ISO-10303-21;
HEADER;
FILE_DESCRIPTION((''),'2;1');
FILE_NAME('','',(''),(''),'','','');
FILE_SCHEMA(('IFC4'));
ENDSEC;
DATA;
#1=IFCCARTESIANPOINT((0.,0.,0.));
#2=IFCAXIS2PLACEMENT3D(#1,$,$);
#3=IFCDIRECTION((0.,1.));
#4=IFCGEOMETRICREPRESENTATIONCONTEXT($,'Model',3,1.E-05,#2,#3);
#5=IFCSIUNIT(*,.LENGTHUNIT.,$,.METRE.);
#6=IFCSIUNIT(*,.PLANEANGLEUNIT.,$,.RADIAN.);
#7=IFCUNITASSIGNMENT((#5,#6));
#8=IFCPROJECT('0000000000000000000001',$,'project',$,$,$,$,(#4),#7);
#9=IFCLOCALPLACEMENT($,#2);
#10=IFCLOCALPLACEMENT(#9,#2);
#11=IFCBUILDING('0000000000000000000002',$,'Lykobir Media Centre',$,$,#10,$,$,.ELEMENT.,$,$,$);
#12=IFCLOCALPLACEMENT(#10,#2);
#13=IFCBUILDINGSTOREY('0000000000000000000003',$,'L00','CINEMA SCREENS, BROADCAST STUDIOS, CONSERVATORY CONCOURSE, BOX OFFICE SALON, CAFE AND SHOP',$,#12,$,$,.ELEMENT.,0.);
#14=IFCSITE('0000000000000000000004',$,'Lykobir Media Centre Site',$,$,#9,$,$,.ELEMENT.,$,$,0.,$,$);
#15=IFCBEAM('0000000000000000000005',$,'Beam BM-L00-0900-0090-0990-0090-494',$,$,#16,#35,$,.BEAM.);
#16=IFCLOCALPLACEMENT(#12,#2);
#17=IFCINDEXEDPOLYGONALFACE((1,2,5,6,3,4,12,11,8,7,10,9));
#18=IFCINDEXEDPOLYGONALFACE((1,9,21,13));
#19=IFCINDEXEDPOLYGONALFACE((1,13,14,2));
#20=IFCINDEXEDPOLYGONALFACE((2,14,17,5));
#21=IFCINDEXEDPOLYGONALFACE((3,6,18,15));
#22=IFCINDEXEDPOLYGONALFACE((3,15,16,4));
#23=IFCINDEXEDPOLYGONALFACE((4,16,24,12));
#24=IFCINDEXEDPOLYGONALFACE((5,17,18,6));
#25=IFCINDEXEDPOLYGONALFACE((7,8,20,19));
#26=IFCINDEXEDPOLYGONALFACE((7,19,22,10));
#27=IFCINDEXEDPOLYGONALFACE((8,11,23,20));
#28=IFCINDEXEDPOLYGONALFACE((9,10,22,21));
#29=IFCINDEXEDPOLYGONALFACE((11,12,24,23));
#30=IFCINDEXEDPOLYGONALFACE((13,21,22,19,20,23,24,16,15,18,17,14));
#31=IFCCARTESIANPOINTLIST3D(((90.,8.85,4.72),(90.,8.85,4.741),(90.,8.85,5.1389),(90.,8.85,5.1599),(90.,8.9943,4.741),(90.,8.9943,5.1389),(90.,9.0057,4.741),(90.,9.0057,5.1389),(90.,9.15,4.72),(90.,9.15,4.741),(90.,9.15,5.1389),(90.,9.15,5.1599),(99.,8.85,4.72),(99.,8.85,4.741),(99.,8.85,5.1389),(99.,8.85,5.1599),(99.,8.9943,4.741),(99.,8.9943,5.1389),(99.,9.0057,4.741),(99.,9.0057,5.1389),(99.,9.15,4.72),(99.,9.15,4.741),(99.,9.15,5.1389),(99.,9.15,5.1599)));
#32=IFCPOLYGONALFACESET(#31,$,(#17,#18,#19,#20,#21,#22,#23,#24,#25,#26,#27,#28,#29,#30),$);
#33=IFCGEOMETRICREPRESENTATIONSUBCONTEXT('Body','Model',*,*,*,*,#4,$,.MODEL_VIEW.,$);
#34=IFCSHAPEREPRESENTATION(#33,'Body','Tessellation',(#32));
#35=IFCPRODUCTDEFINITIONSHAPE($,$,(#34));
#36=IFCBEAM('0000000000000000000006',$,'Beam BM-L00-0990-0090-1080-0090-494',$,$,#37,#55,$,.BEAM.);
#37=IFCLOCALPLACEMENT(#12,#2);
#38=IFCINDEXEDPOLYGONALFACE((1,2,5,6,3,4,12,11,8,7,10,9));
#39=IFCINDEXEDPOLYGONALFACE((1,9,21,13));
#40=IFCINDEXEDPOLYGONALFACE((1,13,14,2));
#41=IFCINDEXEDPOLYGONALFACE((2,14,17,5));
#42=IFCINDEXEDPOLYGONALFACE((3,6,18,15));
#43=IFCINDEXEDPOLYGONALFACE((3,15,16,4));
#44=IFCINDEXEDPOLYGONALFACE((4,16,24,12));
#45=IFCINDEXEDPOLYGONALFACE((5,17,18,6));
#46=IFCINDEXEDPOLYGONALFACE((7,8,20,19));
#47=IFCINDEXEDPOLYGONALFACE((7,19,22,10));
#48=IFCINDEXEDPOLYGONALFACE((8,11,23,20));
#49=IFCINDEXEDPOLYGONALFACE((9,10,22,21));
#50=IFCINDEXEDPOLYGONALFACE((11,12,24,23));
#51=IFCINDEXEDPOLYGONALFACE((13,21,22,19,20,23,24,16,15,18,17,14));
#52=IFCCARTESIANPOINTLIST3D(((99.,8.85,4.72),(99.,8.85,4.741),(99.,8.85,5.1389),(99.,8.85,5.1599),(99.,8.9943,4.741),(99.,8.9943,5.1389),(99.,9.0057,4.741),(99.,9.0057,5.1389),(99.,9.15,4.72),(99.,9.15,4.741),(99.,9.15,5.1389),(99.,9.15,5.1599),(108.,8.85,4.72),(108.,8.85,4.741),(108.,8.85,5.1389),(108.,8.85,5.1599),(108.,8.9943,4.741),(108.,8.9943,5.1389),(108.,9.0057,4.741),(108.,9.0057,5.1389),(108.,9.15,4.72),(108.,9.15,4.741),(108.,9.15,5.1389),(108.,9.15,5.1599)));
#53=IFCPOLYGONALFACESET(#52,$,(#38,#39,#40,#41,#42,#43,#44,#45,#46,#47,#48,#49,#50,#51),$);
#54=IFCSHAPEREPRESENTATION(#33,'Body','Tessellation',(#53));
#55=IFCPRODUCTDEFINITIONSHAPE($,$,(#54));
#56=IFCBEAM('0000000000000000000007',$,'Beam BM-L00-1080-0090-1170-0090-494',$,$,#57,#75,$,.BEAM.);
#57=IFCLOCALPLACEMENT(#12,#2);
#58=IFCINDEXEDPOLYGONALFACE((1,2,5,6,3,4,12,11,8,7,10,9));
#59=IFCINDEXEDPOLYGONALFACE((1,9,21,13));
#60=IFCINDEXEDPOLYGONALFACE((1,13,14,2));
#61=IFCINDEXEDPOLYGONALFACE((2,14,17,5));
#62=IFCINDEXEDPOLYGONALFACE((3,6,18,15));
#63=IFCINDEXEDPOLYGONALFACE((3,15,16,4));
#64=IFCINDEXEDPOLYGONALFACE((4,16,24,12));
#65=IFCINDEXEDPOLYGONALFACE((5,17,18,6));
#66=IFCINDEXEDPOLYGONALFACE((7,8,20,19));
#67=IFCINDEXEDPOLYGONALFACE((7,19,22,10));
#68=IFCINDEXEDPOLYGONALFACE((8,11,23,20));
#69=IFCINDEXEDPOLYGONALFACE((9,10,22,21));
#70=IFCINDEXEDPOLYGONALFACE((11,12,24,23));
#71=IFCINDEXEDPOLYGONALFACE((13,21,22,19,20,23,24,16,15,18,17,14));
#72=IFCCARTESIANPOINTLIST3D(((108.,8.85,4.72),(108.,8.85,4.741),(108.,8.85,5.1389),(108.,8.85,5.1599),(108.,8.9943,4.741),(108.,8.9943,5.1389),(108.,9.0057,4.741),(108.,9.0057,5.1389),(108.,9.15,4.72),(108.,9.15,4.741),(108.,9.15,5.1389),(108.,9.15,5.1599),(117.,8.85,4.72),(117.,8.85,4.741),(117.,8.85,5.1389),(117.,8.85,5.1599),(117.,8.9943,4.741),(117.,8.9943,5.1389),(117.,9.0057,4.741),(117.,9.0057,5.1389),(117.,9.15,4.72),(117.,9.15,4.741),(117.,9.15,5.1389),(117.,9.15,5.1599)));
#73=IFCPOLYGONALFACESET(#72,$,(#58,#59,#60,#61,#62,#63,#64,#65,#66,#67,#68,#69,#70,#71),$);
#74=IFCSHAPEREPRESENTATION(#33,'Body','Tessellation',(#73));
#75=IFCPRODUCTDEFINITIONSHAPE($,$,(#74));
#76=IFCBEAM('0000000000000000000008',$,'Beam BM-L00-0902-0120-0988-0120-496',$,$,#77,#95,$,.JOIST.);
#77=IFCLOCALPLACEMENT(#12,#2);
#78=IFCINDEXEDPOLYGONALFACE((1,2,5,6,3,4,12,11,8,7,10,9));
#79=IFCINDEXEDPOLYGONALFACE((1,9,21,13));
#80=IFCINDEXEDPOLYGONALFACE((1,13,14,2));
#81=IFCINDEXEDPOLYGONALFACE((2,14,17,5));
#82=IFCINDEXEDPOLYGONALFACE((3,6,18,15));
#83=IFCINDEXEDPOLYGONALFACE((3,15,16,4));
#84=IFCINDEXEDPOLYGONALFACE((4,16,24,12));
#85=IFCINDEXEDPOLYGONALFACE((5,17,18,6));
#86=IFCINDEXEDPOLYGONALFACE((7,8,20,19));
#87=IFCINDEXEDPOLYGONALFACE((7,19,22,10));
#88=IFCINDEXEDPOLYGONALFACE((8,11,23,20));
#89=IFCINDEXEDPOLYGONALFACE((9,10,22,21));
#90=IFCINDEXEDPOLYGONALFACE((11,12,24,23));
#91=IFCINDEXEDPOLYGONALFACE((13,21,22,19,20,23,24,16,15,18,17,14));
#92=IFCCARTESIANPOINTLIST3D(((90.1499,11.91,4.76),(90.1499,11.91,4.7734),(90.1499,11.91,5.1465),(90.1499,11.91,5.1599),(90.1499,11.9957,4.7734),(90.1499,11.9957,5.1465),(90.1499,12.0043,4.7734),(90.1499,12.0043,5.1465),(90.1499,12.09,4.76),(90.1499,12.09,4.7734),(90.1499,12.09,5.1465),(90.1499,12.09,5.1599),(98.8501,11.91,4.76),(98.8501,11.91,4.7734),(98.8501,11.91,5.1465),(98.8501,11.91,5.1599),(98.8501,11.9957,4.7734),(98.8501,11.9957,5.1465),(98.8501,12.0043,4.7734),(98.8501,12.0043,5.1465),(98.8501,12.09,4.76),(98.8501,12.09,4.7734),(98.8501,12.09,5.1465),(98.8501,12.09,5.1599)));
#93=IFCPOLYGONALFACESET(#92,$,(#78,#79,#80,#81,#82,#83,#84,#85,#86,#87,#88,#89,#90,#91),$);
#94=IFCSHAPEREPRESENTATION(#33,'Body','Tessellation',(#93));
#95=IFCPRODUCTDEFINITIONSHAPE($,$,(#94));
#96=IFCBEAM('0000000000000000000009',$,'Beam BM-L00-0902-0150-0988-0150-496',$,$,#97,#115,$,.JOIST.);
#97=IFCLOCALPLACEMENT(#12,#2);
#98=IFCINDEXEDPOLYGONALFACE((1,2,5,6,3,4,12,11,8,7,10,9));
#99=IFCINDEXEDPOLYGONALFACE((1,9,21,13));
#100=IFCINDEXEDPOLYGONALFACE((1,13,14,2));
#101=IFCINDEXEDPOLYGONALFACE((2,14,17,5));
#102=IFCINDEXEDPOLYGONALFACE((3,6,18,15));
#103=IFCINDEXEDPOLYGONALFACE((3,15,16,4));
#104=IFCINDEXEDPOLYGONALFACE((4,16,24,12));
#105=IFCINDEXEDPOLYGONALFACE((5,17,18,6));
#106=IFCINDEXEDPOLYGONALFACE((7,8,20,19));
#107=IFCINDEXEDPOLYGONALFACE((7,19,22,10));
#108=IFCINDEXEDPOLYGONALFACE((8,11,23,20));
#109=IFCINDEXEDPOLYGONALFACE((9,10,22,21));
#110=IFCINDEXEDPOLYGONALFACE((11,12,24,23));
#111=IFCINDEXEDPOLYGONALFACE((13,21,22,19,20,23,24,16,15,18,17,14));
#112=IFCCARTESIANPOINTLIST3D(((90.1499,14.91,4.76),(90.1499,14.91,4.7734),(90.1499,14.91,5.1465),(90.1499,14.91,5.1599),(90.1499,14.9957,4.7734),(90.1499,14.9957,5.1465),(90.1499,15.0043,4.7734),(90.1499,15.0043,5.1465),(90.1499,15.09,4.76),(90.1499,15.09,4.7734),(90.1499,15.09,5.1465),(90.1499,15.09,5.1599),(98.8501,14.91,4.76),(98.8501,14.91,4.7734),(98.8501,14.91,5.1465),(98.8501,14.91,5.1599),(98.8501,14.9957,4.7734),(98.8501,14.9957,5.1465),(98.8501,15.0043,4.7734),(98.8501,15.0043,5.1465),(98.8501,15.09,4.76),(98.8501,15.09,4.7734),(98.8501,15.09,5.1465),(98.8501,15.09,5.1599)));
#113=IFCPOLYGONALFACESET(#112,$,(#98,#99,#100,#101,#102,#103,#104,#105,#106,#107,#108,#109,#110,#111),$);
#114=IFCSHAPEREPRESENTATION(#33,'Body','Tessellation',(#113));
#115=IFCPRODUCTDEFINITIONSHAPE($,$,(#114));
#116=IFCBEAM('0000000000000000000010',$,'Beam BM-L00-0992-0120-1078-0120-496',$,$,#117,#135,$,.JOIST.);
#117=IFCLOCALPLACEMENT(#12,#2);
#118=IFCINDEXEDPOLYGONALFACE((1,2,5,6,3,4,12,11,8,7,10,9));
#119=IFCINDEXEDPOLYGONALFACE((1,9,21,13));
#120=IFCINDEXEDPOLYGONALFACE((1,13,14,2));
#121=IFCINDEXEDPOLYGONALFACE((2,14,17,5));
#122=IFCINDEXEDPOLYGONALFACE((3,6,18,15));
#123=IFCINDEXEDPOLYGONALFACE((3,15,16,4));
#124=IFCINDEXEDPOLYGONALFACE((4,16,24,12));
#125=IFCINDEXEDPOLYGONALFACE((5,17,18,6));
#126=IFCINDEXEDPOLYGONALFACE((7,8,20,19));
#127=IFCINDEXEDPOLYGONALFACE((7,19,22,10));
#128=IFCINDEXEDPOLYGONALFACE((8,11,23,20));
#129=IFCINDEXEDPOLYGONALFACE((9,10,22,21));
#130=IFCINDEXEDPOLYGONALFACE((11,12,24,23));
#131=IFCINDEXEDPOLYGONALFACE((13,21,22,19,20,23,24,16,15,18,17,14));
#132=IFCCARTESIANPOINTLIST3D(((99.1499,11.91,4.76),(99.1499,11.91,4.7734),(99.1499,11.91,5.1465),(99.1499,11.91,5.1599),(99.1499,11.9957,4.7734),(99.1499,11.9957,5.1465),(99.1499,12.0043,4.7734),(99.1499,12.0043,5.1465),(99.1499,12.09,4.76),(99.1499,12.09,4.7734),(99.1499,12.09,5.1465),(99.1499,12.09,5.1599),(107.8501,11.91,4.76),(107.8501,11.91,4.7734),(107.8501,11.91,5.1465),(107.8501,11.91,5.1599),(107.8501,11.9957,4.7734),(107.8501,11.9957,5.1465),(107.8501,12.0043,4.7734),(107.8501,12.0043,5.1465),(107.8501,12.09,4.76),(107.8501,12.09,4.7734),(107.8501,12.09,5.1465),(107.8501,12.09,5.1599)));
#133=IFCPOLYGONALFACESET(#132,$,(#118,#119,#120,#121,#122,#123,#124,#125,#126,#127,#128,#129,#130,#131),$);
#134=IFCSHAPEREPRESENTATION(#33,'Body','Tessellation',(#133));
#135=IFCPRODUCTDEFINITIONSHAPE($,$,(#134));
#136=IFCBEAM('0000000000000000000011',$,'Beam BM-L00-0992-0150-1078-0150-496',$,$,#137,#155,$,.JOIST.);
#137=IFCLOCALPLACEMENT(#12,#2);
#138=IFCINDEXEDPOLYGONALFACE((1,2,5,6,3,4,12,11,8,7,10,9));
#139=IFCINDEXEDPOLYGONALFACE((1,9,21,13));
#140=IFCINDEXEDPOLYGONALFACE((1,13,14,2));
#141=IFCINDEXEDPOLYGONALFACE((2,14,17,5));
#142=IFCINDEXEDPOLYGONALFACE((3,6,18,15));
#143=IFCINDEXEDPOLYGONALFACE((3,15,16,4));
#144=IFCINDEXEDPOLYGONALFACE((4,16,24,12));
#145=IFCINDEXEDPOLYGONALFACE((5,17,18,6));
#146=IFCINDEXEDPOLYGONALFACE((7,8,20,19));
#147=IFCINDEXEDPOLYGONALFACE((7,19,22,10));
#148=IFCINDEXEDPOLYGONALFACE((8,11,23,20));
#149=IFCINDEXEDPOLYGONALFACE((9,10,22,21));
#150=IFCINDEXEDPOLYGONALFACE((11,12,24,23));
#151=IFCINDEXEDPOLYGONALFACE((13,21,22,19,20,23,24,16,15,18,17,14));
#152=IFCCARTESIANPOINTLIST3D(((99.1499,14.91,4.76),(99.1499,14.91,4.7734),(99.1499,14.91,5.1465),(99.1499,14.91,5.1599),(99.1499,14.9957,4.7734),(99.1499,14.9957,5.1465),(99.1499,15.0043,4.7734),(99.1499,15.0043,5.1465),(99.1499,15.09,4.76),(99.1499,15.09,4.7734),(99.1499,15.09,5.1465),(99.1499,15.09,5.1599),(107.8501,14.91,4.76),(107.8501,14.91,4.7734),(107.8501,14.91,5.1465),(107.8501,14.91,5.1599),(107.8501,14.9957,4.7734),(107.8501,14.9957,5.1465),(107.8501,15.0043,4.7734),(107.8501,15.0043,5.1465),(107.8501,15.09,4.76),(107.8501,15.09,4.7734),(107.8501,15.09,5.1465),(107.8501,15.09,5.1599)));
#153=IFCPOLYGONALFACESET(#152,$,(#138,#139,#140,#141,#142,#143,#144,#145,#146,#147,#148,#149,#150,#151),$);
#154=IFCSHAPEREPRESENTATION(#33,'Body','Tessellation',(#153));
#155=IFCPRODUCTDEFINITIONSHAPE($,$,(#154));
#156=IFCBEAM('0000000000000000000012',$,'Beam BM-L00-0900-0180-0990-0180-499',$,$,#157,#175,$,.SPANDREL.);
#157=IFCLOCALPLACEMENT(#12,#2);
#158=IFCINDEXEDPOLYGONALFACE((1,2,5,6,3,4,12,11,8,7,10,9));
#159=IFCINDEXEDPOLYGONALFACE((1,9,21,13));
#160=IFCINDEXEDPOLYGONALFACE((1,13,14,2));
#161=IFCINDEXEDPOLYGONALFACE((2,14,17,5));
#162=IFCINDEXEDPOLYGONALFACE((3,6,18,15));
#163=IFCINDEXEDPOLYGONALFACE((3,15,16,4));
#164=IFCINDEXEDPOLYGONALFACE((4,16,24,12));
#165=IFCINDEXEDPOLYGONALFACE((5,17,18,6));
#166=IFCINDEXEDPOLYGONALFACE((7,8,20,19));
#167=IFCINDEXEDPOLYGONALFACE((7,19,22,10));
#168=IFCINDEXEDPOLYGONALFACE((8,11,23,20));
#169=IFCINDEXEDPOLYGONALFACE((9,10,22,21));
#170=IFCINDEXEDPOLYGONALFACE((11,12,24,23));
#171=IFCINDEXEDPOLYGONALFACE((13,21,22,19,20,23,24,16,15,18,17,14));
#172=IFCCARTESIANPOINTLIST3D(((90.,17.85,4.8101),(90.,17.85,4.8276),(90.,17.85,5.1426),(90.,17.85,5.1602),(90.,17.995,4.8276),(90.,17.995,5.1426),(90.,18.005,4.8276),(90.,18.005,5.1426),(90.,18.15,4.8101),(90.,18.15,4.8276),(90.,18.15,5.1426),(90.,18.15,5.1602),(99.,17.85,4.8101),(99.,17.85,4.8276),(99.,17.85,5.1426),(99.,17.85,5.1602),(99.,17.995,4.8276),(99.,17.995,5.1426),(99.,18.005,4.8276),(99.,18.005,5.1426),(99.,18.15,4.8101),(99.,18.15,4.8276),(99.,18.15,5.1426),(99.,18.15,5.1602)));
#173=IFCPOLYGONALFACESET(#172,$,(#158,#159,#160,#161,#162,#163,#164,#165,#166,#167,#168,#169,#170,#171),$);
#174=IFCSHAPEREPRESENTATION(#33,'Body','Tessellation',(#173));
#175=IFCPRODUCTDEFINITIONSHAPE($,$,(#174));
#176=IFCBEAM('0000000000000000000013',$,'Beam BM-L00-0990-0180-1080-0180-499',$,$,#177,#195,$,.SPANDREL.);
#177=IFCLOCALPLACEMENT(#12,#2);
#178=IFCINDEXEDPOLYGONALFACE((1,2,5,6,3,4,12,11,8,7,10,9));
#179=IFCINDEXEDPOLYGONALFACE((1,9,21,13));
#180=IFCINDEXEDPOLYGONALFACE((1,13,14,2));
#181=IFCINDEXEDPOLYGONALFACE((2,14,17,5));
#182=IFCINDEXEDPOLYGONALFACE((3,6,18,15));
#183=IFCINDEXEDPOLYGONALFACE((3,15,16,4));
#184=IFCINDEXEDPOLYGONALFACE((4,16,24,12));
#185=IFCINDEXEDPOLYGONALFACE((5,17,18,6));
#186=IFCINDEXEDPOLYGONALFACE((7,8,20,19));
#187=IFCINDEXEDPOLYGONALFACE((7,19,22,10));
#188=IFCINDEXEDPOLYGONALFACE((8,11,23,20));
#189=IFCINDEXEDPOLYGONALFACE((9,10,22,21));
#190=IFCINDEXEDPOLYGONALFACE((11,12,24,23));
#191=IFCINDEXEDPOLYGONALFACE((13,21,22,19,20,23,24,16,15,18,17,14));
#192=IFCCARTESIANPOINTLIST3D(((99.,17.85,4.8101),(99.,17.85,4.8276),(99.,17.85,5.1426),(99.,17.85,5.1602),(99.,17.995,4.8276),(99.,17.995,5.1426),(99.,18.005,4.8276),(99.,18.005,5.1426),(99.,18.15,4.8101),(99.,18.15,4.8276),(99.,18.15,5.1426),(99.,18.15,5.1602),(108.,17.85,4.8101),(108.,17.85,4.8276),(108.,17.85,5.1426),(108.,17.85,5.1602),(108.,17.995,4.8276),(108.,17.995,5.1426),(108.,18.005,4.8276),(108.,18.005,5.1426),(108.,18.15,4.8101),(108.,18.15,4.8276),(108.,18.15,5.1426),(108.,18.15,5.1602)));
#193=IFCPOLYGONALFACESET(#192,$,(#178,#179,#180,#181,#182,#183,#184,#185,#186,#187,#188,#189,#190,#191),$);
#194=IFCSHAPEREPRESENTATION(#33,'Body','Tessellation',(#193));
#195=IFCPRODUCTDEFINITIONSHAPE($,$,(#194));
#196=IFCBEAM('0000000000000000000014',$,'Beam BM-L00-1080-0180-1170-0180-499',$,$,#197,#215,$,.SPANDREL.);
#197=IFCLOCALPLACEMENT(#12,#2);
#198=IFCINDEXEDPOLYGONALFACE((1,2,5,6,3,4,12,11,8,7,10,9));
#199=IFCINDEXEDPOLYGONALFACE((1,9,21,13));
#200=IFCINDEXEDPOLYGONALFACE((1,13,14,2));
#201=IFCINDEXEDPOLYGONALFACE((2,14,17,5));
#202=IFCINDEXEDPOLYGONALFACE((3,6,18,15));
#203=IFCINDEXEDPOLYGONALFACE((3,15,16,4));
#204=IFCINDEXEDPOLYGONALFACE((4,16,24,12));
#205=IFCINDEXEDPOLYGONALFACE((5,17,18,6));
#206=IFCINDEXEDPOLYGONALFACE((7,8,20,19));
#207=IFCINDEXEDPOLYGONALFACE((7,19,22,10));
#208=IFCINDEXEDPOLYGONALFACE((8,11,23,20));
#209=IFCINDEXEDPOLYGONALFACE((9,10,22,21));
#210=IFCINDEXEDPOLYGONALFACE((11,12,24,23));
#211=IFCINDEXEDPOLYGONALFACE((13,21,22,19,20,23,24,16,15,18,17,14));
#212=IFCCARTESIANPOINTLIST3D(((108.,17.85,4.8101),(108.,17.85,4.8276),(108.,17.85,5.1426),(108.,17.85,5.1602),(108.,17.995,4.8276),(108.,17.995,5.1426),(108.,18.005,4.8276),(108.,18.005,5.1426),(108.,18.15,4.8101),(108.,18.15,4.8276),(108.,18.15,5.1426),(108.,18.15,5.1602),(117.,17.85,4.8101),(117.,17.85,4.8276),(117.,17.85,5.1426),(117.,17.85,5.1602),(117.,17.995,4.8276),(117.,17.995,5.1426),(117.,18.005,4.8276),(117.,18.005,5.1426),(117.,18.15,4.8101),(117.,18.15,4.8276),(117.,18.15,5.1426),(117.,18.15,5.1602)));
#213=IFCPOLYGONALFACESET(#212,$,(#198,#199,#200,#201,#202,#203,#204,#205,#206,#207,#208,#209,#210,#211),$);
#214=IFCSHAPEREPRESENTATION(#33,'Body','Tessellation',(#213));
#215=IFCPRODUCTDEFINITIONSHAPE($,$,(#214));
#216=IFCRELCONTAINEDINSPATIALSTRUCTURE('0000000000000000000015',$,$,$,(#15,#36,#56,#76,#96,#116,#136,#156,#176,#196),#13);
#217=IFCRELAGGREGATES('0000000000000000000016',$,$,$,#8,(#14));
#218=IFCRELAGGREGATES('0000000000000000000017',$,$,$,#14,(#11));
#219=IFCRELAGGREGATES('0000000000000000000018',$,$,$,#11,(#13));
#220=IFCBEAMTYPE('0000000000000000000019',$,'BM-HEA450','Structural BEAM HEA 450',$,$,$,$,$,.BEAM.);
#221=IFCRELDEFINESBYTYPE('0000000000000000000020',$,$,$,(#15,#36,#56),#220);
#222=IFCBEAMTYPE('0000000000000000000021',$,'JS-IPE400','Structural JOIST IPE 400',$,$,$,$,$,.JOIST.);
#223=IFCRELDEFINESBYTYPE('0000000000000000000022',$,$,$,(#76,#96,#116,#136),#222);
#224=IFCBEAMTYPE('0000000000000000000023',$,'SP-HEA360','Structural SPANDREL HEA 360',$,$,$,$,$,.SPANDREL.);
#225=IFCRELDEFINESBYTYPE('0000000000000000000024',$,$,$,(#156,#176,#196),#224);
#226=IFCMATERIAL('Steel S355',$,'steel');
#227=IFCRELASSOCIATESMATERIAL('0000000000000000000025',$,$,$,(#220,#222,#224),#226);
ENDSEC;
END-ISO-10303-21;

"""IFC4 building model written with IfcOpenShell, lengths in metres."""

from ifc_helpers import new_model, si_unit, direction, frame, origin, origin_2d, place, context, subcontext, project, spatial, i_section, extrude, material, material_profile, profile_set, type_object, element, save


model = new_model("IFC4")

# Units and contexts
model_context = context("Model", 3, precision=1e-05, world=origin(), true_north=direction((0.0, 1.0)))
body_context = subcontext(model_context, "Body", "Model", "MODEL_VIEW")
ifc_project = project(units=[si_unit("LENGTHUNIT", "METRE"), si_unit("PLANEANGLEUNIT", "RADIAN")], contexts=[model_context])

# Site, building, storey
site_placement = place(None, origin())
site = spatial("IfcSite", under=ifc_project, at=site_placement, Name="Lykobir Media Centre Site", CompositionType="ELEMENT", RefElevation=0.0)
building_placement = place(site_placement, origin())
building = spatial("IfcBuilding", under=site, at=building_placement, Name="Lykobir Media Centre", CompositionType="ELEMENT")
storey_placement = place(building_placement, origin())
storey = spatial("IfcBuildingStorey", under=building, at=storey_placement, Name="L00", Description="CINEMA SCREENS, BROADCAST STUDIOS, CONSERVATORY CONCOURSE, BOX OFFICE SALON, CAFE AND SHOP", CompositionType="ELEMENT", Elevation=0.0)

# Shared definitions
ifc_material_1 = material(Name="Steel S355", Category="steel")

# Beams
ifc_material_profile_1 = material_profile(ifc_material_1, i_section(OverallWidth=0.3, OverallDepth=0.4399, WebThickness=0.0115, FlangeThickness=0.021, at=origin_2d()), Name="HEA 450")
ifc_profile_set_1 = profile_set([ifc_material_profile_1], Name="Steel S355")
beam_type_1 = type_object("IfcBeamType", Name="BM-HEA450", Description="Structural BEAM HEA 450", PredefinedType="BEAM", material=ifc_profile_set_1)
for number, where, z_axis, x_axis, name in (
    (1, (90.0, 9.0, 4.9399), (1.0, 0.0, 0.0), (0.0, 1.0, 0.0), "Beam BM-L00-0900-0090-0990-0090-494"),
    (2, (99.0, 9.0, 4.9399), (1.0, 0.0, 0.0), (0.0, 1.0, 0.0), "Beam BM-L00-0990-0090-1080-0090-494"),
    (3, (108.0, 9.0, 4.9399), (1.0, 0.0, 0.0), (0.0, 1.0, 0.0), "Beam BM-L00-1080-0090-1170-0090-494"),
):
    element("IfcBeam", number, at=place(storey_placement, frame(where, z_axis=z_axis, x_axis=x_axis)), inside=storey, type_object=beam_type_1, Name=name, PredefinedType="BEAM", context=body_context, shape_type="SweptSolid", body=[
        extrude(i_section(OverallWidth=0.3, OverallDepth=0.4399, WebThickness=0.0115, FlangeThickness=0.021, at=origin_2d()), origin(), (0.0, 0.0, 1.0), 9.0),
    ])
ifc_material_profile_2 = material_profile(ifc_material_1, i_section(OverallWidth=0.1799, OverallDepth=0.3999, WebThickness=0.0085, FlangeThickness=0.0134, at=origin_2d()), Name="IPE 400")
ifc_profile_set_2 = profile_set([ifc_material_profile_2], Name="Steel S355")
beam_type_2 = type_object("IfcBeamType", Name="JS-IPE400", Description="Structural JOIST IPE 400", PredefinedType="JOIST", material=ifc_profile_set_2)
for number, where, z_axis, x_axis, name in (
    (4, (90.1499, 12.0, 4.96), (1.0, 0.0, 0.0), (0.0, 1.0, 0.0), "Beam BM-L00-0902-0120-0988-0120-496"),
    (5, (90.1499, 15.0, 4.96), (1.0, 0.0, 0.0), (0.0, 1.0, 0.0), "Beam BM-L00-0902-0150-0988-0150-496"),
    (6, (99.1499, 12.0, 4.96), (1.0, 0.0, 0.0), (0.0, 1.0, 0.0), "Beam BM-L00-0992-0120-1078-0120-496"),
    (7, (99.1499, 15.0, 4.96), (1.0, 0.0, 0.0), (0.0, 1.0, 0.0), "Beam BM-L00-0992-0150-1078-0150-496"),
):
    element("IfcBeam", number, at=place(storey_placement, frame(where, z_axis=z_axis, x_axis=x_axis)), inside=storey, type_object=beam_type_2, Name=name, PredefinedType="JOIST", context=body_context, shape_type="SweptSolid", body=[
        extrude(i_section(OverallWidth=0.1799, OverallDepth=0.3999, WebThickness=0.0085, FlangeThickness=0.0134, at=origin_2d()), origin(), (0.0, 0.0, 1.0), 8.7002),
    ])
ifc_material_profile_3 = material_profile(ifc_material_1, i_section(OverallWidth=0.3, OverallDepth=0.3501, WebThickness=0.01, FlangeThickness=0.0176, at=origin_2d()), Name="HEA 360")
ifc_profile_set_3 = profile_set([ifc_material_profile_3], Name="Steel S355")
beam_type_3 = type_object("IfcBeamType", Name="SP-HEA360", Description="Structural SPANDREL HEA 360", PredefinedType="SPANDREL", material=ifc_profile_set_3)
for number, where, z_axis, x_axis, name in (
    (8, (90.0, 18.0, 4.9851), (1.0, 0.0, 0.0), (0.0, 1.0, 0.0), "Beam BM-L00-0900-0180-0990-0180-499"),
    (9, (99.0, 18.0, 4.9851), (1.0, 0.0, 0.0), (0.0, 1.0, 0.0), "Beam BM-L00-0990-0180-1080-0180-499"),
    (10, (108.0, 18.0, 4.9851), (1.0, 0.0, 0.0), (0.0, 1.0, 0.0), "Beam BM-L00-1080-0180-1170-0180-499"),
):
    element("IfcBeam", number, at=place(storey_placement, frame(where, z_axis=z_axis, x_axis=x_axis)), inside=storey, type_object=beam_type_3, Name=name, PredefinedType="SPANDREL", context=body_context, shape_type="SweptSolid", body=[
        extrude(i_section(OverallWidth=0.3, OverallDepth=0.3501, WebThickness=0.01, FlangeThickness=0.0176, at=origin_2d()), origin(), (0.0, 0.0, 1.0), 9.0),
    ])

save(model, "model.ifc")
